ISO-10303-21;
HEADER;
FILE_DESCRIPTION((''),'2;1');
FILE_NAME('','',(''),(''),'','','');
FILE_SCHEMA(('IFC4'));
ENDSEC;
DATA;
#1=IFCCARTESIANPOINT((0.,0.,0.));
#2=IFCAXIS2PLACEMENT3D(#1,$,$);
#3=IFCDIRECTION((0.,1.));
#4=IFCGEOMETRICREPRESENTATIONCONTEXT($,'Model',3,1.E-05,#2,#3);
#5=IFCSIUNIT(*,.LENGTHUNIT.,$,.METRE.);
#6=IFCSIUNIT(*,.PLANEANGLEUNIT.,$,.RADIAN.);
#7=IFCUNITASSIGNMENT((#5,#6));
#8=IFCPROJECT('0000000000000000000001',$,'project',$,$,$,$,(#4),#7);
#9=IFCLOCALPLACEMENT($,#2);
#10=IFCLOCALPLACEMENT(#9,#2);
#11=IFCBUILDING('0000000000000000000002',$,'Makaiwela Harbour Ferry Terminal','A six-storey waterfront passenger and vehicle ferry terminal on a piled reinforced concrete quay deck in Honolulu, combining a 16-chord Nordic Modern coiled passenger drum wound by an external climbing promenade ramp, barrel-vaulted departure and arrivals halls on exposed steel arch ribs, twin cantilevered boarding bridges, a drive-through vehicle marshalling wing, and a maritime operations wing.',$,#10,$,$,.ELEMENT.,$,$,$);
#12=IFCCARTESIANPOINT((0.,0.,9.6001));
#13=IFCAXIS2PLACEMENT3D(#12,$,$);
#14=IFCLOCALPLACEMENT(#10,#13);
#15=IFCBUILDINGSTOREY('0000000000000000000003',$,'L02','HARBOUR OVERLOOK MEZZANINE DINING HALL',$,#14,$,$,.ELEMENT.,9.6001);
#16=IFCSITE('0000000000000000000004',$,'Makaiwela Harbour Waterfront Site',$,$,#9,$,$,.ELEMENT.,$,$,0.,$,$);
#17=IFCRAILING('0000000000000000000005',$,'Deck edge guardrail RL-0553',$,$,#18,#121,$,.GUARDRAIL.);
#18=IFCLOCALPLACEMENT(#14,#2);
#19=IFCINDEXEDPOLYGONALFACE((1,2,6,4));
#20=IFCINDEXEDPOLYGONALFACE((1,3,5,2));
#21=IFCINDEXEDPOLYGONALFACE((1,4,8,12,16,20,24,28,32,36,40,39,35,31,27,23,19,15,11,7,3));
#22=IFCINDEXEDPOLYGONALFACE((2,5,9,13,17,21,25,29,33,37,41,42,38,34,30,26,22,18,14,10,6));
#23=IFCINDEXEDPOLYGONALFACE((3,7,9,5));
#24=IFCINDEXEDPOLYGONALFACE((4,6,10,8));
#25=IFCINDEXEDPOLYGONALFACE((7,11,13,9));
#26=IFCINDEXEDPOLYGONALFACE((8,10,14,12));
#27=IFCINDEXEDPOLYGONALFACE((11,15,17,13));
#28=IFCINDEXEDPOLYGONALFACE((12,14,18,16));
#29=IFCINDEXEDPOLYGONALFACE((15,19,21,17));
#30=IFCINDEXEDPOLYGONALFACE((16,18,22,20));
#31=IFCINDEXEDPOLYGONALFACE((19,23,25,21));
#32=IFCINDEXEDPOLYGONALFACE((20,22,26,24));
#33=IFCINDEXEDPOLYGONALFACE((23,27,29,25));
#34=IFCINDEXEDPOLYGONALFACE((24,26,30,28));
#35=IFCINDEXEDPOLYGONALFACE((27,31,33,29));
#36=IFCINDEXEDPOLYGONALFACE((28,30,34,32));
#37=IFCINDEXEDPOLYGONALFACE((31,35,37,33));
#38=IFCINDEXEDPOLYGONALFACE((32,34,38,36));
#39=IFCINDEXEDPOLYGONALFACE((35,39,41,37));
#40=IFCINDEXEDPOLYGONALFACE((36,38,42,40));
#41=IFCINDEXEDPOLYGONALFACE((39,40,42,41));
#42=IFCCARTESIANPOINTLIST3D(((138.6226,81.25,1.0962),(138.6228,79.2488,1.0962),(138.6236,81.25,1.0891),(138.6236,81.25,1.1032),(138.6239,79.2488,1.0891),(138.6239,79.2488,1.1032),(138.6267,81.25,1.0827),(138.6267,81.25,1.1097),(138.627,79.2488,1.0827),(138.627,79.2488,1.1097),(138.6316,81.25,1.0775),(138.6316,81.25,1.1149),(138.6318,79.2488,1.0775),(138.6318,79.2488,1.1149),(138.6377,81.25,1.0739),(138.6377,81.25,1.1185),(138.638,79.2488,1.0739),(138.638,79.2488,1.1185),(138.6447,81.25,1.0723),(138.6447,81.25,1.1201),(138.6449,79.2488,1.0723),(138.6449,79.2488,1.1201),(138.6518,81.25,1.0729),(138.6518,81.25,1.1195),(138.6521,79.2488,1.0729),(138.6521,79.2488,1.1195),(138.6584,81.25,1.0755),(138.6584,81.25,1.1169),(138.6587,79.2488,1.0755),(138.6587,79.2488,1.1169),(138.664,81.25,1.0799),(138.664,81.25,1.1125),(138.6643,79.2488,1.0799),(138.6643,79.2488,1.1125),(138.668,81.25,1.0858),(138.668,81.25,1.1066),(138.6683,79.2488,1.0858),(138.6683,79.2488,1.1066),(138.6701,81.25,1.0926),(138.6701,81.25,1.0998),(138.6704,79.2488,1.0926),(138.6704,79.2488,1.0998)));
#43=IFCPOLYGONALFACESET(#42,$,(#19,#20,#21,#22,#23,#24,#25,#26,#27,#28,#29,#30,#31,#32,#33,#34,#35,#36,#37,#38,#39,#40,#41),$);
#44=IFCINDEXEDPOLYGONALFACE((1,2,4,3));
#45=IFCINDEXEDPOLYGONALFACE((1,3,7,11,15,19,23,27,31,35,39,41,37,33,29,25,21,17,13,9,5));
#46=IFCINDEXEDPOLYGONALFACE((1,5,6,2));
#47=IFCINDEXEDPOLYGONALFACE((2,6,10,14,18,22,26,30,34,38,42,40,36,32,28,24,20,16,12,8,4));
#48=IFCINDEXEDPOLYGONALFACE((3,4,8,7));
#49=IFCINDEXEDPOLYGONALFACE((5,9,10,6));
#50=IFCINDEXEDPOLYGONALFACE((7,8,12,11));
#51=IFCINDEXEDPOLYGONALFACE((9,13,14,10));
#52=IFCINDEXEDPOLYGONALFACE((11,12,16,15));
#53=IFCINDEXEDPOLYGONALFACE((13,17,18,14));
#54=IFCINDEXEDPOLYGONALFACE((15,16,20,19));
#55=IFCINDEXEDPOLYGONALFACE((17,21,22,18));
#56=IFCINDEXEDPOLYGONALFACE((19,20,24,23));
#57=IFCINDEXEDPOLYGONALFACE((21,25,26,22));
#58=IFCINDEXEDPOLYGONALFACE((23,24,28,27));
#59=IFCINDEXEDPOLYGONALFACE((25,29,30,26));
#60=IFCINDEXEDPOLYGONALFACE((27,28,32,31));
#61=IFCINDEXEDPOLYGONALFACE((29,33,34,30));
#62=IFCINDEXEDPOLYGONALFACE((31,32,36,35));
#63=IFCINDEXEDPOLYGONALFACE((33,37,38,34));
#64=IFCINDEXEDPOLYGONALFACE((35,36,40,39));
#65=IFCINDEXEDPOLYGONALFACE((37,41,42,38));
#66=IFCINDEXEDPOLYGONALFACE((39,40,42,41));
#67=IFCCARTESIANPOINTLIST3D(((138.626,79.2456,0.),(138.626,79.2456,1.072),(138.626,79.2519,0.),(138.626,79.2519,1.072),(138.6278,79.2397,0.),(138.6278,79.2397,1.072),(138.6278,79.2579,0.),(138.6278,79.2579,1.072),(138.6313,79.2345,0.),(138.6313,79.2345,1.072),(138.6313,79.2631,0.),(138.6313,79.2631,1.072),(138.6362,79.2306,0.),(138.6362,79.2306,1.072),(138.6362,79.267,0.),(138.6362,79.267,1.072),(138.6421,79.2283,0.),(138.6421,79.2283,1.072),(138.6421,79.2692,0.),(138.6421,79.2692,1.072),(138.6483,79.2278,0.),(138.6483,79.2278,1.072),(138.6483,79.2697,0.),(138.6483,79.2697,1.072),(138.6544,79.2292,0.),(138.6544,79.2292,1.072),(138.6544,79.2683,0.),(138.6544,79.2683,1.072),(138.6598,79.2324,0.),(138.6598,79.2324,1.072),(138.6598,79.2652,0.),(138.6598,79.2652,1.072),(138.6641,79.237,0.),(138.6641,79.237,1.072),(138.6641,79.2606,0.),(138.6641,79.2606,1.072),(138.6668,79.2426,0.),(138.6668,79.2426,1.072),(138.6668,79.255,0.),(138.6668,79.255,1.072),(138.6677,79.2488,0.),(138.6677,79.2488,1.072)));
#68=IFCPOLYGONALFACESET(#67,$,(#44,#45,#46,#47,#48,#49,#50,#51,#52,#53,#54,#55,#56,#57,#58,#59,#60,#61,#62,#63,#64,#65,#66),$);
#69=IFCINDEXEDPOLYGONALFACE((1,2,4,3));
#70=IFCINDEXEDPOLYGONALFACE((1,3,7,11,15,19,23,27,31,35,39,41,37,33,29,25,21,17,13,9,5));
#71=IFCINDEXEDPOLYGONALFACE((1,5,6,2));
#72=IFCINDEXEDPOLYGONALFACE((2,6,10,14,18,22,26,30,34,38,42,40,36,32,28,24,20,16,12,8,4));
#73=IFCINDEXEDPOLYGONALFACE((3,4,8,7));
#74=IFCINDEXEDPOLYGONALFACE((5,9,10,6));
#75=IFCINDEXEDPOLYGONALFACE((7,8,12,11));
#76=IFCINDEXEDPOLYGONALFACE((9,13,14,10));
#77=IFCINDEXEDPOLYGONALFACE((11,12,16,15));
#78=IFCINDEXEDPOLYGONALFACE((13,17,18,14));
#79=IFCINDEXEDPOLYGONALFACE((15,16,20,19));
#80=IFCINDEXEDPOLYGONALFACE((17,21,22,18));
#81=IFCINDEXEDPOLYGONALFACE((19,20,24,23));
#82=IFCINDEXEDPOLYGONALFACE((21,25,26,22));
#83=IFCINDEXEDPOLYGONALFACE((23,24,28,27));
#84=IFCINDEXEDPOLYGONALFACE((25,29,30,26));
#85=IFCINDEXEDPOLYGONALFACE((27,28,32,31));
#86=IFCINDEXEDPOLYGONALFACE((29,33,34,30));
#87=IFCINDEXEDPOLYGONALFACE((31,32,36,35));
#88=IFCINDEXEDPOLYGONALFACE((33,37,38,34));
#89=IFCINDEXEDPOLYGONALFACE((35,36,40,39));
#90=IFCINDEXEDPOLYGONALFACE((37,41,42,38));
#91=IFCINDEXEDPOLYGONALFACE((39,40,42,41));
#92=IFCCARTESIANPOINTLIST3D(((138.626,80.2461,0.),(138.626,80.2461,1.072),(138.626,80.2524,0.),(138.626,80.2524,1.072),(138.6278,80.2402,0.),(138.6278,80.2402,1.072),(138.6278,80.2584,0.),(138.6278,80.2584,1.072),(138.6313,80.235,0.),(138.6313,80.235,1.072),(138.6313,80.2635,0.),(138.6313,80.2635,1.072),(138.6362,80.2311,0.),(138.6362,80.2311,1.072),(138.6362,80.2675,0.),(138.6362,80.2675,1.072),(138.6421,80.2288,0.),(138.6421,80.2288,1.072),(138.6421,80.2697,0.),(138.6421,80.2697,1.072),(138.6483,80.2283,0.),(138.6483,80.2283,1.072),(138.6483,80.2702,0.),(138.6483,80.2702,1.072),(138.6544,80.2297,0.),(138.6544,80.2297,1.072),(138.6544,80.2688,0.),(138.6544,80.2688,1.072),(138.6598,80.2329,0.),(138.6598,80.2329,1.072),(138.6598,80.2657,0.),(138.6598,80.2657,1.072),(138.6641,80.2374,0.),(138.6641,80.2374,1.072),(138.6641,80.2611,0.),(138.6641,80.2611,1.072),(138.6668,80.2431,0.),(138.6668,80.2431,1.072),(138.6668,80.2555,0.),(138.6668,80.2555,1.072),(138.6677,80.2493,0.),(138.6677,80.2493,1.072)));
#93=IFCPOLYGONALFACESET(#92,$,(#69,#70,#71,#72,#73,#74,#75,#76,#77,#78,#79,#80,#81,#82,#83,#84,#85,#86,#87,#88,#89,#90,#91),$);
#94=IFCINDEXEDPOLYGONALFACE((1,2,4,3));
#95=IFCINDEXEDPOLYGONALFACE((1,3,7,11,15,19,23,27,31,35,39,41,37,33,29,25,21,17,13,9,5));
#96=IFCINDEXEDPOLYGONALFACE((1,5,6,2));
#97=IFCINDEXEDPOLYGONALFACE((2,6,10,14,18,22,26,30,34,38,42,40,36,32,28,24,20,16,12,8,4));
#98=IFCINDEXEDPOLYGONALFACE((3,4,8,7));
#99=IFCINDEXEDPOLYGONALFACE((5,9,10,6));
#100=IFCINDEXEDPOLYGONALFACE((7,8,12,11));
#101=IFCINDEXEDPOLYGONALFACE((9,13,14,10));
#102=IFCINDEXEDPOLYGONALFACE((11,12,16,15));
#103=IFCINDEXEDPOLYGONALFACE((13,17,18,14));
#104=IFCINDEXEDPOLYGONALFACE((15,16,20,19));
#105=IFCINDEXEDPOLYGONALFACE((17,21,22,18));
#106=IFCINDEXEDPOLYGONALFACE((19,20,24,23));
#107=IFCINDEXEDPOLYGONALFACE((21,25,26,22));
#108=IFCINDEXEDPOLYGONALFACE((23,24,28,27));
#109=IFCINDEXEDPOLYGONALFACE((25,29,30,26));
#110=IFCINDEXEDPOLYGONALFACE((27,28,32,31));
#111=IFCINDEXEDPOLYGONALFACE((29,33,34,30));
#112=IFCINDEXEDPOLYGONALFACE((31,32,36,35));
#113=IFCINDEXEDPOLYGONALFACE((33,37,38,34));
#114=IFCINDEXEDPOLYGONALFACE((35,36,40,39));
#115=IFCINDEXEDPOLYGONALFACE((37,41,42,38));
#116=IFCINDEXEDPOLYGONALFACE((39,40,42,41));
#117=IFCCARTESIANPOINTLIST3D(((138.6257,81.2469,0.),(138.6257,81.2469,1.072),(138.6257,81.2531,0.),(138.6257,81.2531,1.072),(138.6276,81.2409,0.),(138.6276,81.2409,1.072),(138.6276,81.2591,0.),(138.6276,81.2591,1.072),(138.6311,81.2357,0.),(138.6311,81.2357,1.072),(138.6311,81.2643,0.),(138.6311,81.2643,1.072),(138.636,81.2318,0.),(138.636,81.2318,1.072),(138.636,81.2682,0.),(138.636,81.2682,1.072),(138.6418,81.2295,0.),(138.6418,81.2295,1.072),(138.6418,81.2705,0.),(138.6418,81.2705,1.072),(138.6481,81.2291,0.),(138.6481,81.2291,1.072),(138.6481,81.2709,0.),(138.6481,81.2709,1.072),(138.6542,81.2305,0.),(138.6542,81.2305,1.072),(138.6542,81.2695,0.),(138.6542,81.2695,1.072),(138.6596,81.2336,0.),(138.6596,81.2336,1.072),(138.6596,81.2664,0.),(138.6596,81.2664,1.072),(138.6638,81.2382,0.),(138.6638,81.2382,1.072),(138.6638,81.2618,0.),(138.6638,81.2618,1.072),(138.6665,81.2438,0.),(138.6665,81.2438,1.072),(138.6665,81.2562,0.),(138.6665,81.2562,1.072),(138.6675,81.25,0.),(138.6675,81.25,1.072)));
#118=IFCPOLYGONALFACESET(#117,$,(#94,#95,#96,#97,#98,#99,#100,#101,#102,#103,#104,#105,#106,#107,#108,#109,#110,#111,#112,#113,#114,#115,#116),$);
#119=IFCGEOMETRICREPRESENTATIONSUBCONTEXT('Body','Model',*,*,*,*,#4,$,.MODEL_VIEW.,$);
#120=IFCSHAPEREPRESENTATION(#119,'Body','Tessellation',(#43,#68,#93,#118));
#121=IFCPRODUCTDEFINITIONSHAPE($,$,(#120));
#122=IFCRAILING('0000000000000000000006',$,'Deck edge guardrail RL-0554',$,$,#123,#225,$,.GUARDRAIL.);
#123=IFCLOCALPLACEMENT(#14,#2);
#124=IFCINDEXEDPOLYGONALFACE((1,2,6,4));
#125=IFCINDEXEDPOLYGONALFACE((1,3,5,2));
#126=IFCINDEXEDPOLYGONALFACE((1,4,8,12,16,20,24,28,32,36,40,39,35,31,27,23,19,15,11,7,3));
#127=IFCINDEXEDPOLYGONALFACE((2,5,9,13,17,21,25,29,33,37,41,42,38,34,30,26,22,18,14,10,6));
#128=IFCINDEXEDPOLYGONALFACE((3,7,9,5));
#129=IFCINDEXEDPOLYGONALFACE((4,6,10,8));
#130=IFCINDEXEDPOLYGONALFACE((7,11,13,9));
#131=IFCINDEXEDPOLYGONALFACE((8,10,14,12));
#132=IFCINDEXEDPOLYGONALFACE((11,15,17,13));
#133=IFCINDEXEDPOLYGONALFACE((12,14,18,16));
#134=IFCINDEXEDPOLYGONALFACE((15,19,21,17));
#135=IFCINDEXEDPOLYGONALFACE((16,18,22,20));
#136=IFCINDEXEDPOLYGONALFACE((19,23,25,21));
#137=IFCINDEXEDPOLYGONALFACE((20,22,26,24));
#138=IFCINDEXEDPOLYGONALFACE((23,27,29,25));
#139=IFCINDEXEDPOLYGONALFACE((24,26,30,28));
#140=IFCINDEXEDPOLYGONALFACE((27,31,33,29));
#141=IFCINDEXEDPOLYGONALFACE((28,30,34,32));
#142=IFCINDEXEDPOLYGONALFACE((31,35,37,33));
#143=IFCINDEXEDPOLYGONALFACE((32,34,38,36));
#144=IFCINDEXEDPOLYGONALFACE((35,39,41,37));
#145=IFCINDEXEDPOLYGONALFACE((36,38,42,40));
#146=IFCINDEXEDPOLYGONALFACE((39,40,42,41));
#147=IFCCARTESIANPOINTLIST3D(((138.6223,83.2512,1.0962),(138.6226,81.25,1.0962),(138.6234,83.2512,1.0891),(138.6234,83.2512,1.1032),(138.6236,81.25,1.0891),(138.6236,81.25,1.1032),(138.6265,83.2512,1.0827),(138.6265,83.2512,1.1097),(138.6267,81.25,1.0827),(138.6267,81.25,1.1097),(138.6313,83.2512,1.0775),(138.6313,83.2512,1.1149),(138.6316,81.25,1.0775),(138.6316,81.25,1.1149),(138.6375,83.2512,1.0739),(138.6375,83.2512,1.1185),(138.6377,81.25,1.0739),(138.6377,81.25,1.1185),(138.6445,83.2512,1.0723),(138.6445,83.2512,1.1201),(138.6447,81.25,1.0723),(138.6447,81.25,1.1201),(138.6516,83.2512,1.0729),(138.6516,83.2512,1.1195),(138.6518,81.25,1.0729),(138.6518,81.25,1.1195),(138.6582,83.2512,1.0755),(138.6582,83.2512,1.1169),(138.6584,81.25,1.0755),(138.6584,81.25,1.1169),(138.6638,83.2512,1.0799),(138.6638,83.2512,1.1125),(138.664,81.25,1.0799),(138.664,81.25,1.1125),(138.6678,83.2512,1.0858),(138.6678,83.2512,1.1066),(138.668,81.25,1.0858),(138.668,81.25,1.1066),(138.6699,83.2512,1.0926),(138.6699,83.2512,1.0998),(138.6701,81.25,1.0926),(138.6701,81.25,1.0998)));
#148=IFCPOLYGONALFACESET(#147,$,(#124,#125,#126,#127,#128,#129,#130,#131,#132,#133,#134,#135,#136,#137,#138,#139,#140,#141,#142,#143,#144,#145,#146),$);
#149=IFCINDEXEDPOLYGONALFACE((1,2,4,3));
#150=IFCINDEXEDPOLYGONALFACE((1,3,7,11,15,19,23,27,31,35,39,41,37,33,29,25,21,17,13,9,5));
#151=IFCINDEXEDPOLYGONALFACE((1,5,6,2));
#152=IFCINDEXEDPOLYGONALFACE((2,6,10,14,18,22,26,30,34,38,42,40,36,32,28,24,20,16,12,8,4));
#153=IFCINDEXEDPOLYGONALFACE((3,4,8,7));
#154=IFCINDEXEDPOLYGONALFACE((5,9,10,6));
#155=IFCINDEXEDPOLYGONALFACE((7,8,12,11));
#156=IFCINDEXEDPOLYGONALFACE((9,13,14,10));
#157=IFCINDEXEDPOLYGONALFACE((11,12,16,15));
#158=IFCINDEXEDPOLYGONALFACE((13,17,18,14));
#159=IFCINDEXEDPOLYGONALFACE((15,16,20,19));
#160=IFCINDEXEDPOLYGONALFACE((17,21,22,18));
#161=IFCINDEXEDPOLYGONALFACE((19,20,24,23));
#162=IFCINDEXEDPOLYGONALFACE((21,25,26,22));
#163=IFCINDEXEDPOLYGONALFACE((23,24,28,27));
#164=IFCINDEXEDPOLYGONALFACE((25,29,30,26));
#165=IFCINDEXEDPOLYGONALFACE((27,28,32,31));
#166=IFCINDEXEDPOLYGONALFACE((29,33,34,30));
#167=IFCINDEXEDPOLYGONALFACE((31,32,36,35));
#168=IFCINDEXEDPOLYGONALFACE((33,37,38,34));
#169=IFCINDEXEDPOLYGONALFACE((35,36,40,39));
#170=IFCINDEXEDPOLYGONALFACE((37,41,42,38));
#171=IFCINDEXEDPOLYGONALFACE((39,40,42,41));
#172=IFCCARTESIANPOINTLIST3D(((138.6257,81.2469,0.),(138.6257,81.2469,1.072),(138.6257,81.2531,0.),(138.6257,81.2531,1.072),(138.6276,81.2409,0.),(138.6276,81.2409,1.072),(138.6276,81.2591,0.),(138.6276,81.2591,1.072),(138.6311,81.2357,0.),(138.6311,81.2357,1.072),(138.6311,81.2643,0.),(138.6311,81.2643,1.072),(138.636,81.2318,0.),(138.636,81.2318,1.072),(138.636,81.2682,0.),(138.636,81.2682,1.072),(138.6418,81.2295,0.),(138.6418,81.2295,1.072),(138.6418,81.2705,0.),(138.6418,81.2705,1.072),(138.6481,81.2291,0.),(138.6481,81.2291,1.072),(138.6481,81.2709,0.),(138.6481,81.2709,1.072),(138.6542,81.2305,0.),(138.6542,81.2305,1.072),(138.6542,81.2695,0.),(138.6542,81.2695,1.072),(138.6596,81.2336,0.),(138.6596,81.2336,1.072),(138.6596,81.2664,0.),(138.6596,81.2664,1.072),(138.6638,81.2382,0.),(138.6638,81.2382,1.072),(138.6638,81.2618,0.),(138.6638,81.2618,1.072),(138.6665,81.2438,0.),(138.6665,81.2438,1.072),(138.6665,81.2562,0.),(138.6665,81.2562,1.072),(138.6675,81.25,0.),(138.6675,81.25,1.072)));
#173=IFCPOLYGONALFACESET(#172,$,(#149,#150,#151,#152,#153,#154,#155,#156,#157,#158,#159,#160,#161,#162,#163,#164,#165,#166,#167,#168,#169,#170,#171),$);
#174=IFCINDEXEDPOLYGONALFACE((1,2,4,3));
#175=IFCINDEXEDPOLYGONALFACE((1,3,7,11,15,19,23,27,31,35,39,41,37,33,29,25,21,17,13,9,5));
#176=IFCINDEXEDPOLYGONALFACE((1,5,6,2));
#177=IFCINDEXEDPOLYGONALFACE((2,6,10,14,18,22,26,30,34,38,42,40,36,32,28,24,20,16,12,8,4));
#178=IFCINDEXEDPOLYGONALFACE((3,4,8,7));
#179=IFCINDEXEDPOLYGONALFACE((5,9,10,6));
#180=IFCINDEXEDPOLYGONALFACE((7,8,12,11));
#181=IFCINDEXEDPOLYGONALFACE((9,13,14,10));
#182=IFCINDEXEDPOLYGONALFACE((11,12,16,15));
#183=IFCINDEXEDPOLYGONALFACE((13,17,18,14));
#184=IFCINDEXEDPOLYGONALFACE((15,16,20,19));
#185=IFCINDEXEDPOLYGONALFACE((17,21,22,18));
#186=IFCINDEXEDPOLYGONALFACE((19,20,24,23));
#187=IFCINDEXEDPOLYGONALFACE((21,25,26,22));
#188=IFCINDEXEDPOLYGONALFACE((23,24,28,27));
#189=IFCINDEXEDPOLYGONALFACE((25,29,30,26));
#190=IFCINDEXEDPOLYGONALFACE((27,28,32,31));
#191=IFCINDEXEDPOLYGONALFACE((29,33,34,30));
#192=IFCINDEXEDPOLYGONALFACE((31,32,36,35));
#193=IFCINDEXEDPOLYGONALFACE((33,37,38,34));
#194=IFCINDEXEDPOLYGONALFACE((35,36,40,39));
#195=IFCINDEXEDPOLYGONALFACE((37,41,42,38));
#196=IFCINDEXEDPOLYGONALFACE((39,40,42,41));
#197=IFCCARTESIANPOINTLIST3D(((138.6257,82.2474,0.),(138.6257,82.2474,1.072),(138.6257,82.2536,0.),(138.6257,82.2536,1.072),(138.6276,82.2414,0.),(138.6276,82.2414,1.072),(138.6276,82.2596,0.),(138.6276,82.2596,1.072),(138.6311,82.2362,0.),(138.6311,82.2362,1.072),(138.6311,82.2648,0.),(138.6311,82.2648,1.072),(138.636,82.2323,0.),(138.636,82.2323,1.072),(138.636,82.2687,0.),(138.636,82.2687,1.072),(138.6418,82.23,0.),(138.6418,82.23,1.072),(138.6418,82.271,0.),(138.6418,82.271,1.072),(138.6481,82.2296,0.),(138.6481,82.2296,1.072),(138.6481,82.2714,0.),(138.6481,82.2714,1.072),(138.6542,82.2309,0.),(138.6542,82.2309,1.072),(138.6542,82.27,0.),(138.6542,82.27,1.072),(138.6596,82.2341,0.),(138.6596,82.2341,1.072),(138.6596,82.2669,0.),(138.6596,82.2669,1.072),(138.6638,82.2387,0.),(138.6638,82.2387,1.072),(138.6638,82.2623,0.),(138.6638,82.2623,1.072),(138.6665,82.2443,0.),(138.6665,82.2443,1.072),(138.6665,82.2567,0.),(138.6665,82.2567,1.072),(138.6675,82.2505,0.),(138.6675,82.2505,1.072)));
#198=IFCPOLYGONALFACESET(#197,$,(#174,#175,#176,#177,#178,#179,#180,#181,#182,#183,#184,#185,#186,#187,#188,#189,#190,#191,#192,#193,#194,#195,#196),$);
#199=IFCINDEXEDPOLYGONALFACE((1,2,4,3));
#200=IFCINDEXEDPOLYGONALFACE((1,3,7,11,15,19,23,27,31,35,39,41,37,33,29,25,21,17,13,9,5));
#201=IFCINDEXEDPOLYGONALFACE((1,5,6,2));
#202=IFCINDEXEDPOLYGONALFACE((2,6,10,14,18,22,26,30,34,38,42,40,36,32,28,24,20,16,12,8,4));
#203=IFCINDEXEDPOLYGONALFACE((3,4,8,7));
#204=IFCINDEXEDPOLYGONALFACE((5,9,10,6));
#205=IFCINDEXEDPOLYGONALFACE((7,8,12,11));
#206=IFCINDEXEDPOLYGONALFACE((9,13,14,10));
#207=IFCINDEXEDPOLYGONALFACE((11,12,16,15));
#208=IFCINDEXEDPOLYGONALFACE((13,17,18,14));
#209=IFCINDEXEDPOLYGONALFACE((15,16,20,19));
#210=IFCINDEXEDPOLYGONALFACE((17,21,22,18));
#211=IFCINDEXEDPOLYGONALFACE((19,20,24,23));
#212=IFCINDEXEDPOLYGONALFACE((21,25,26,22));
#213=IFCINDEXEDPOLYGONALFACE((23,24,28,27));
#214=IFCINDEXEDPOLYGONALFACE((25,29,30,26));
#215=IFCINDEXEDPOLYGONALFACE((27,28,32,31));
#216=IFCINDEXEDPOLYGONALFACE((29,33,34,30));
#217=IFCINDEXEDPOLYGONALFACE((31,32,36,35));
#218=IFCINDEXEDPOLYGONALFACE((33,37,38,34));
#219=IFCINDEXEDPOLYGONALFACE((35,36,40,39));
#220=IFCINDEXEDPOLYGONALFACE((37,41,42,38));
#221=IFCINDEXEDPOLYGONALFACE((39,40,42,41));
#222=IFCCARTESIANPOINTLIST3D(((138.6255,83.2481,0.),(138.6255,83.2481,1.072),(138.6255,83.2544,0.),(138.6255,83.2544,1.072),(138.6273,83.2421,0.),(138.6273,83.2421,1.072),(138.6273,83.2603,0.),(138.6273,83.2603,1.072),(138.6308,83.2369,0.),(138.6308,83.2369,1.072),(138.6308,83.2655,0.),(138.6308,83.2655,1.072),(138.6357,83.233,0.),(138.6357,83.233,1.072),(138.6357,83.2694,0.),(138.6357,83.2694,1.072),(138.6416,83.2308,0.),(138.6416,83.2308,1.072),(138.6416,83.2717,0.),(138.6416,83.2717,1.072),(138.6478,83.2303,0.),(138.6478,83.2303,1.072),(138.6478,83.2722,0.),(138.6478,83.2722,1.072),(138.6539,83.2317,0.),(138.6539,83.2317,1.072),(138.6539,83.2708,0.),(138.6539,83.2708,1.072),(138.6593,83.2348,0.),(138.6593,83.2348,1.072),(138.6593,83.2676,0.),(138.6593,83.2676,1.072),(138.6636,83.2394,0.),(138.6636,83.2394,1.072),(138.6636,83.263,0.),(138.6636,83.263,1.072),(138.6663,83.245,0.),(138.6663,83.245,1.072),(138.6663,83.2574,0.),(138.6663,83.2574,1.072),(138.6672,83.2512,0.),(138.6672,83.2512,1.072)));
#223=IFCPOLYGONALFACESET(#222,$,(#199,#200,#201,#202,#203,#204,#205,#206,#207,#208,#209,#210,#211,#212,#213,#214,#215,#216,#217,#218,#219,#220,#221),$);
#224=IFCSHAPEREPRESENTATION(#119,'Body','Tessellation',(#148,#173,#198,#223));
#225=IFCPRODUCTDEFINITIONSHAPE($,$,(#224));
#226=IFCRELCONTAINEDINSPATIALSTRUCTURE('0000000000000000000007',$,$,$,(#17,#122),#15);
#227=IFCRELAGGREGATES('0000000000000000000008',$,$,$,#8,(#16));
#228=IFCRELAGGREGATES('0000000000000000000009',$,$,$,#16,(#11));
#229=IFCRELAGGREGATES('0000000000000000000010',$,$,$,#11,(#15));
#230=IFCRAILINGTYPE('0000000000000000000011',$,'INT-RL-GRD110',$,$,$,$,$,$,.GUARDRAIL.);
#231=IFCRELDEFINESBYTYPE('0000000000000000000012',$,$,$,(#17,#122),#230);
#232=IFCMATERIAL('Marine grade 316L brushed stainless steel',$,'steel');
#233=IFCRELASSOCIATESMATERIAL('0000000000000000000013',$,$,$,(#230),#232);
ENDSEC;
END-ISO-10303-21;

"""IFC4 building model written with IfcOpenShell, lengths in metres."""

from ifc_helpers import new_model, si_unit, direction, frame, origin, origin_2d, place, context, subcontext, project, spatial, circle, extrude, material, type_object, element, save


model = new_model("IFC4")

# Units and contexts
model_context = context("Model", 3, precision=1e-05, world=origin(), true_north=direction((0.0, 1.0)))
body_context = subcontext(model_context, "Body", "Model", "MODEL_VIEW")
ifc_project = project(units=[si_unit("LENGTHUNIT", "METRE"), si_unit("PLANEANGLEUNIT", "RADIAN")], contexts=[model_context])

# Site, building, storey
site_placement = place(None, origin())
site = spatial("IfcSite", under=ifc_project, at=site_placement, Name="Makaiwela Harbour Waterfront Site", CompositionType="ELEMENT", RefElevation=0.0)
building_placement = place(site_placement, origin())
building = spatial("IfcBuilding", under=site, at=building_placement, Name="Makaiwela Harbour Ferry Terminal", Description="A six-storey waterfront passenger and vehicle ferry terminal on a piled reinforced concrete quay deck in Honolulu, combining a 16-chord Nordic Modern coiled passenger drum wound by an external climbing promenade ramp, barrel-vaulted departure and arrivals halls on exposed steel arch ribs, twin cantilevered boarding bridges, a drive-through vehicle marshalling wing, and a maritime operations wing.", CompositionType="ELEMENT")
storey_placement = place(building_placement, frame((0.0, 0.0, 9.6001)))
storey = spatial("IfcBuildingStorey", under=building, at=storey_placement, Name="L02", Description="HARBOUR OVERLOOK MEZZANINE DINING HALL", CompositionType="ELEMENT", Elevation=9.6001)

# Railings
ifc_material_1 = material(Name="Marine grade 316L brushed stainless steel", Category="steel")
railing_type = type_object("IfcRailingType", Name="INT-RL-GRD110", PredefinedType="GUARDRAIL", material=ifc_material_1)
for number, where, name in (
    (1, (138.6467, 79.2488, 0.0), "Deck edge guardrail RL-0553"),
    (2, (138.6465, 81.25, 0.0), "Deck edge guardrail RL-0554"),
):
    element("IfcRailing", number, at=place(storey_placement, frame(where)), inside=storey, type_object=railing_type, Name=name, PredefinedType="GUARDRAIL", context=body_context, shape_type="SweptSolid", body=[
        extrude(circle(Radius=0.0239, at=origin_2d()), frame((0.0, 0.0, 1.0962), z_axis=(-0.000122, 1.0, 0.0), x_axis=(-1.0, -0.000122, 0.0)), (0.0, 0.0, 1.0), 2.0012),
        extrude(circle(Radius=0.021, at=origin_2d()), origin(), (0.0, 0.0, 1.0), 1.072),
        extrude(circle(Radius=0.021, at=origin_2d()), frame((0.0, 1.0005, 0.0)), (0.0, 0.0, 1.0), 1.072),
        extrude(circle(Radius=0.021, at=origin_2d()), frame((-0.0002, 2.0012, 0.0)), (0.0, 0.0, 1.0), 1.072),
    ])

save(model, "model.ifc")
